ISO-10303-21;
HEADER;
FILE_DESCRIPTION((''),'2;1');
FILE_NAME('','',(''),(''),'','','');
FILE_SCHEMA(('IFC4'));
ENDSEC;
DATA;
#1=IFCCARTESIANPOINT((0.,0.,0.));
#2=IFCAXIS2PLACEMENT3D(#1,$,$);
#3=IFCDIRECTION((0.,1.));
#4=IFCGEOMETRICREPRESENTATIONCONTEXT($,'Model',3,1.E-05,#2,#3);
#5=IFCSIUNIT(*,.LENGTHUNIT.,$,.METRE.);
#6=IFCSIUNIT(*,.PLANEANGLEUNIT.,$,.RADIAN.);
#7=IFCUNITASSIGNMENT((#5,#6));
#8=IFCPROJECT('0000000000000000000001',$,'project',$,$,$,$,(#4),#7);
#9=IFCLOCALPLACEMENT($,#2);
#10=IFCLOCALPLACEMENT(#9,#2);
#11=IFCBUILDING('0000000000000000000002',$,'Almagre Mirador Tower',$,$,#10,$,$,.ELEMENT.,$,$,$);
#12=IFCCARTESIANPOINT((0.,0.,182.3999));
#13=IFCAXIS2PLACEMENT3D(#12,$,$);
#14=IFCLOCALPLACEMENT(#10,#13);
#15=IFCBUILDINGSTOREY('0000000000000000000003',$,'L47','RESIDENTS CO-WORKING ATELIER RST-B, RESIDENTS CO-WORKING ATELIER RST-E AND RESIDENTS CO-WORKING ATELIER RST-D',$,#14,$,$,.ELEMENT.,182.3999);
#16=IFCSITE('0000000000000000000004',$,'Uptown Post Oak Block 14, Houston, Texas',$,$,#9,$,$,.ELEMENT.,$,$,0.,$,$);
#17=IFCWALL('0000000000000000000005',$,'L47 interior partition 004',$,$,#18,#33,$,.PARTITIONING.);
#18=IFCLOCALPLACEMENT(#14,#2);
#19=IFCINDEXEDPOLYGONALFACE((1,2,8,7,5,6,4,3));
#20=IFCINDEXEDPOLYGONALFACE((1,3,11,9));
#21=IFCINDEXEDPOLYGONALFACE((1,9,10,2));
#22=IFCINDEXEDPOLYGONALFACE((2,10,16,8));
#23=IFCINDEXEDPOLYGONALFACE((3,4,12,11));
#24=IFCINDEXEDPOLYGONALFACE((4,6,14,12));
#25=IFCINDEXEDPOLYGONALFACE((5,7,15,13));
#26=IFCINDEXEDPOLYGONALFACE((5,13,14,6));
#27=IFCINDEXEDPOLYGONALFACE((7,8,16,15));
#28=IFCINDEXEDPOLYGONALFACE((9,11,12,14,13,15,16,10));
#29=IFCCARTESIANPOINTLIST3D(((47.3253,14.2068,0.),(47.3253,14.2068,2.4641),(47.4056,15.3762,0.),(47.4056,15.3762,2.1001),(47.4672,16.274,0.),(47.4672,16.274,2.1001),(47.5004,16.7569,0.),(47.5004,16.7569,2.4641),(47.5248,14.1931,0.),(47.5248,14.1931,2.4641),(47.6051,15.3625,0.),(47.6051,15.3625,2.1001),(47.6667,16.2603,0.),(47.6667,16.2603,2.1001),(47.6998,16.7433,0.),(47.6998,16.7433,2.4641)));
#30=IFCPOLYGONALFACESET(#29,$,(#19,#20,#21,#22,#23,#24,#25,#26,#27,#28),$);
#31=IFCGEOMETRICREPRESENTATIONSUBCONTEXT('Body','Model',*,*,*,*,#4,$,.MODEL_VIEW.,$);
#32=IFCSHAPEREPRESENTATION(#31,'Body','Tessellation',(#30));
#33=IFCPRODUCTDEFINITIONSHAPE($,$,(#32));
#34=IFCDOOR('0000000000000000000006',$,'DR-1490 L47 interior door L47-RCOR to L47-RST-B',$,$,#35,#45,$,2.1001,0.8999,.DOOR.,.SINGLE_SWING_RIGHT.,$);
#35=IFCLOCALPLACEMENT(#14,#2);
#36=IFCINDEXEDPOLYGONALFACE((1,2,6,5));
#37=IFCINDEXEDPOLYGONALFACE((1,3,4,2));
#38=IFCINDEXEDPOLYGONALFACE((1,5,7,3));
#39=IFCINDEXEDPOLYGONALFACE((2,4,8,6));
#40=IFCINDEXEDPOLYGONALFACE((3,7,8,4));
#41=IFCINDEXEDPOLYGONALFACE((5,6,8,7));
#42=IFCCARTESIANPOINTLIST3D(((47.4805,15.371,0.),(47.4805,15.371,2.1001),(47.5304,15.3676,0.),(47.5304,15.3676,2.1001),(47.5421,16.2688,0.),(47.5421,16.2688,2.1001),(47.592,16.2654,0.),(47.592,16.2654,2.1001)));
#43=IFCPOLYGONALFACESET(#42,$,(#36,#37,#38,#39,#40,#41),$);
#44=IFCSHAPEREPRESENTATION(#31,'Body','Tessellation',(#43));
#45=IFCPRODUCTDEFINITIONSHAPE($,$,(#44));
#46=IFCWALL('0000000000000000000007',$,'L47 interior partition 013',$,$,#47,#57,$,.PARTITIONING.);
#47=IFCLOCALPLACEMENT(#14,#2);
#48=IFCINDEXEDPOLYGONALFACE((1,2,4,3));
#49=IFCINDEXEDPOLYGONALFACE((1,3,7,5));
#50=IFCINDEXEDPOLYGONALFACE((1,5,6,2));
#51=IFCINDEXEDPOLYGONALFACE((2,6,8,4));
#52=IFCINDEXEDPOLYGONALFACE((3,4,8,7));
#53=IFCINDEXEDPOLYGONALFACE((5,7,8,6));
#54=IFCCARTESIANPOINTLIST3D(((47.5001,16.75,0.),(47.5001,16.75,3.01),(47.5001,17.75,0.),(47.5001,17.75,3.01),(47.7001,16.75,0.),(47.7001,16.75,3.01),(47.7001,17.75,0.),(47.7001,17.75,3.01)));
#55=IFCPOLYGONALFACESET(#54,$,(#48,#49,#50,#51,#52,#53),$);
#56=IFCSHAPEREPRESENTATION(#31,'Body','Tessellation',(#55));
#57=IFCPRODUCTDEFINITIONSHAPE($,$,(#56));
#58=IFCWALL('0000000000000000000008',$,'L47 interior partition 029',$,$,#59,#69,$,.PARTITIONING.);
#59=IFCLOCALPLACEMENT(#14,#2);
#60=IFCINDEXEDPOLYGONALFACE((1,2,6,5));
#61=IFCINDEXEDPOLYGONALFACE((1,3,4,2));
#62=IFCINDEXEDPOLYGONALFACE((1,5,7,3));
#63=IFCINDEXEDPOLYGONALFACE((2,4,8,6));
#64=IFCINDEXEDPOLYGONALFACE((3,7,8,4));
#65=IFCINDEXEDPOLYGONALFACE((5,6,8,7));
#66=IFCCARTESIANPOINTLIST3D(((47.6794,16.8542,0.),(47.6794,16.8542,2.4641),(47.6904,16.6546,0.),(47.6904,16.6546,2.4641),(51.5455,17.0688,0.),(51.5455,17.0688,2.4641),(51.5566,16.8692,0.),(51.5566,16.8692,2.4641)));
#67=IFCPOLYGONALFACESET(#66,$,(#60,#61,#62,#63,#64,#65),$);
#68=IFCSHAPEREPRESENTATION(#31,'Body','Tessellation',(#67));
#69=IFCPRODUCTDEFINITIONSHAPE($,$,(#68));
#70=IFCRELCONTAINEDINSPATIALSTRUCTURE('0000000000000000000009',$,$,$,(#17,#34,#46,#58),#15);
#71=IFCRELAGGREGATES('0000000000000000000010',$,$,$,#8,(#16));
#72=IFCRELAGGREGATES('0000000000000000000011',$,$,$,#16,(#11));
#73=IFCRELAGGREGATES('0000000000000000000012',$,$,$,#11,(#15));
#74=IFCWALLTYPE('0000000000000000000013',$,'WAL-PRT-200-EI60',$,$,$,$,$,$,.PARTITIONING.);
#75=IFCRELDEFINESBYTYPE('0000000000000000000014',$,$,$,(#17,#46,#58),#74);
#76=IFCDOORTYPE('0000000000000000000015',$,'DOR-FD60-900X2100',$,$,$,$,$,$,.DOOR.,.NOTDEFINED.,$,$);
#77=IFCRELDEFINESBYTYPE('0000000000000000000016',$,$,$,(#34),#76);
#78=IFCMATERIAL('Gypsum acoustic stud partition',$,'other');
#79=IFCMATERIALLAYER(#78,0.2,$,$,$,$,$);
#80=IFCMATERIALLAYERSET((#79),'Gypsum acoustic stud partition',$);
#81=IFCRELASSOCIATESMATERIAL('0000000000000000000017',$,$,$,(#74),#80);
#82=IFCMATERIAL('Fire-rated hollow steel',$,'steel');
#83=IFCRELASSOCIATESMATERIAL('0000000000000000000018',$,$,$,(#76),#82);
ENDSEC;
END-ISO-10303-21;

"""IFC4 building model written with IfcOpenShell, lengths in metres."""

from ifc_helpers import new_model, si_unit, direction, frame, frame_2d, origin, place, context, subcontext, project, spatial, rectangle, extrude, material, layer, layer_set, type_object, element, fill, save


model = new_model("IFC4")

# Units and contexts
model_context = context("Model", 3, precision=1e-05, world=origin(), true_north=direction((0.0, 1.0)))
body_context = subcontext(model_context, "Body", "Model", "MODEL_VIEW")
ifc_project = project(units=[si_unit("LENGTHUNIT", "METRE"), si_unit("PLANEANGLEUNIT", "RADIAN")], contexts=[model_context])

# Site, building, storey
site_placement = place(None, origin())
site = spatial("IfcSite", under=ifc_project, at=site_placement, Name="Uptown Post Oak Block 14, Houston, Texas", CompositionType="ELEMENT", RefElevation=0.0)
building_placement = place(site_placement, origin())
building = spatial("IfcBuilding", under=site, at=building_placement, Name="Almagre Mirador Tower", CompositionType="ELEMENT")
storey_placement = place(building_placement, frame((0.0, 0.0, 182.3999)))
storey = spatial("IfcBuildingStorey", under=building, at=storey_placement, Name="L47", Description="RESIDENTS CO-WORKING ATELIER RST-B, RESIDENTS CO-WORKING ATELIER RST-E AND RESIDENTS CO-WORKING ATELIER RST-D", CompositionType="ELEMENT", Elevation=182.3999)

# Wall, opening, door
ifc_material_1 = material(Name="Gypsum acoustic stud partition", Category="other")
ifc_layer_1 = layer(ifc_material_1, 0.2)
ifc_layer_set_1 = layer_set([ifc_layer_1], Name="Gypsum acoustic stud partition")
wall_type_1 = type_object("IfcWallType", Name="WAL-PRT-200-EI60", PredefinedType="PARTITIONING", material=ifc_layer_set_1)
wall_1_placement = place(storey_placement, frame((47.425, 14.2, 0.0), z_axis=(0.0, 0.0, 1.0), x_axis=(0.068484, 0.997652, 0.0)))
wall_1 = element("IfcWall", 1, at=wall_1_placement, inside=storey, type_object=wall_type_1, Name="L47 interior partition 004", PredefinedType="PARTITIONING", context=body_context, shape_type="SweptSolid", body=[
    extrude(rectangle(XDim=2.5562, YDim=0.2, at=frame_2d((1.2781, 0.0))), origin(), (0.0, 0.0, 1.0), 2.4641),
])
opening_1_placement = place(wall_1_placement, frame((1.1721, 0.0, 0.0)))
opening_1 = element("IfcOpeningElement", 2, at=opening_1_placement, cuts=wall_1, PredefinedType="OPENING", context=body_context, shape_type="SweptSolid", body=[
    extrude(rectangle(XDim=0.8999, YDim=2.1001, at=frame_2d((0.45, 1.05))), frame((0.0, 0.1101, 0.0), z_axis=(0.0, -1.0, 0.0), x_axis=(1.0, 0.0, 0.0)), (0.0, 0.0, 1.0), 0.22),
])
ifc_material_2 = material(Name="Fire-rated hollow steel", Category="steel")
door_type_1 = type_object("IfcDoorType", Name="DOR-FD60-900X2100", OperationType="NOTDEFINED", PredefinedType="DOOR", material=ifc_material_2)
door_1_placement = place(opening_1_placement, origin())
door_1 = element("IfcDoor", 3, at=door_1_placement, inside=storey, type_object=door_type_1, Name="DR-1490 L47 interior door L47-RCOR to L47-RST-B", OperationType="SINGLE_SWING_RIGHT", OverallHeight=2.1001, OverallWidth=0.8999, PredefinedType="DOOR", context=body_context, shape_type="SweptSolid", body=[
    extrude(rectangle(XDim=0.8999, YDim=2.1001, at=frame_2d((0.45, 1.05))), frame((0.0, 0.0249, 0.0), z_axis=(0.0, -1.0, 0.0), x_axis=(1.0, 0.0, 0.0)), (0.0, 0.0, 1.0), 0.05),
])
fill(opening_1, door_1)

# Walls
wall_2_placement = place(storey_placement, frame((47.6001, 16.75, 0.0), z_axis=(0.0, 0.0, 1.0), x_axis=(0.0, 1.0, 0.0)))
element("IfcWall", 4, at=wall_2_placement, inside=storey, type_object=wall_type_1, Name="L47 interior partition 013", PredefinedType="PARTITIONING", context=body_context, shape_type="SweptSolid", body=[
    extrude(rectangle(XDim=1.0, YDim=0.2, at=frame_2d((0.5, 0.0))), origin(), (0.0, 0.0, 1.0), 3.01),
])
wall_3_placement = place(storey_placement, frame((51.551, 16.969, 0.0), z_axis=(0.0, 0.0, 1.0), x_axis=(-0.998463, -0.055421, 0.0)))
element("IfcWall", 5, at=wall_3_placement, inside=storey, type_object=wall_type_1, Name="L47 interior partition 029", PredefinedType="PARTITIONING", context=body_context, shape_type="SweptSolid", body=[
    extrude(rectangle(XDim=3.8721, YDim=0.2, at=frame_2d((1.936, 0.0))), origin(), (0.0, 0.0, 1.0), 2.4641),
])

save(model, "model.ifc")
